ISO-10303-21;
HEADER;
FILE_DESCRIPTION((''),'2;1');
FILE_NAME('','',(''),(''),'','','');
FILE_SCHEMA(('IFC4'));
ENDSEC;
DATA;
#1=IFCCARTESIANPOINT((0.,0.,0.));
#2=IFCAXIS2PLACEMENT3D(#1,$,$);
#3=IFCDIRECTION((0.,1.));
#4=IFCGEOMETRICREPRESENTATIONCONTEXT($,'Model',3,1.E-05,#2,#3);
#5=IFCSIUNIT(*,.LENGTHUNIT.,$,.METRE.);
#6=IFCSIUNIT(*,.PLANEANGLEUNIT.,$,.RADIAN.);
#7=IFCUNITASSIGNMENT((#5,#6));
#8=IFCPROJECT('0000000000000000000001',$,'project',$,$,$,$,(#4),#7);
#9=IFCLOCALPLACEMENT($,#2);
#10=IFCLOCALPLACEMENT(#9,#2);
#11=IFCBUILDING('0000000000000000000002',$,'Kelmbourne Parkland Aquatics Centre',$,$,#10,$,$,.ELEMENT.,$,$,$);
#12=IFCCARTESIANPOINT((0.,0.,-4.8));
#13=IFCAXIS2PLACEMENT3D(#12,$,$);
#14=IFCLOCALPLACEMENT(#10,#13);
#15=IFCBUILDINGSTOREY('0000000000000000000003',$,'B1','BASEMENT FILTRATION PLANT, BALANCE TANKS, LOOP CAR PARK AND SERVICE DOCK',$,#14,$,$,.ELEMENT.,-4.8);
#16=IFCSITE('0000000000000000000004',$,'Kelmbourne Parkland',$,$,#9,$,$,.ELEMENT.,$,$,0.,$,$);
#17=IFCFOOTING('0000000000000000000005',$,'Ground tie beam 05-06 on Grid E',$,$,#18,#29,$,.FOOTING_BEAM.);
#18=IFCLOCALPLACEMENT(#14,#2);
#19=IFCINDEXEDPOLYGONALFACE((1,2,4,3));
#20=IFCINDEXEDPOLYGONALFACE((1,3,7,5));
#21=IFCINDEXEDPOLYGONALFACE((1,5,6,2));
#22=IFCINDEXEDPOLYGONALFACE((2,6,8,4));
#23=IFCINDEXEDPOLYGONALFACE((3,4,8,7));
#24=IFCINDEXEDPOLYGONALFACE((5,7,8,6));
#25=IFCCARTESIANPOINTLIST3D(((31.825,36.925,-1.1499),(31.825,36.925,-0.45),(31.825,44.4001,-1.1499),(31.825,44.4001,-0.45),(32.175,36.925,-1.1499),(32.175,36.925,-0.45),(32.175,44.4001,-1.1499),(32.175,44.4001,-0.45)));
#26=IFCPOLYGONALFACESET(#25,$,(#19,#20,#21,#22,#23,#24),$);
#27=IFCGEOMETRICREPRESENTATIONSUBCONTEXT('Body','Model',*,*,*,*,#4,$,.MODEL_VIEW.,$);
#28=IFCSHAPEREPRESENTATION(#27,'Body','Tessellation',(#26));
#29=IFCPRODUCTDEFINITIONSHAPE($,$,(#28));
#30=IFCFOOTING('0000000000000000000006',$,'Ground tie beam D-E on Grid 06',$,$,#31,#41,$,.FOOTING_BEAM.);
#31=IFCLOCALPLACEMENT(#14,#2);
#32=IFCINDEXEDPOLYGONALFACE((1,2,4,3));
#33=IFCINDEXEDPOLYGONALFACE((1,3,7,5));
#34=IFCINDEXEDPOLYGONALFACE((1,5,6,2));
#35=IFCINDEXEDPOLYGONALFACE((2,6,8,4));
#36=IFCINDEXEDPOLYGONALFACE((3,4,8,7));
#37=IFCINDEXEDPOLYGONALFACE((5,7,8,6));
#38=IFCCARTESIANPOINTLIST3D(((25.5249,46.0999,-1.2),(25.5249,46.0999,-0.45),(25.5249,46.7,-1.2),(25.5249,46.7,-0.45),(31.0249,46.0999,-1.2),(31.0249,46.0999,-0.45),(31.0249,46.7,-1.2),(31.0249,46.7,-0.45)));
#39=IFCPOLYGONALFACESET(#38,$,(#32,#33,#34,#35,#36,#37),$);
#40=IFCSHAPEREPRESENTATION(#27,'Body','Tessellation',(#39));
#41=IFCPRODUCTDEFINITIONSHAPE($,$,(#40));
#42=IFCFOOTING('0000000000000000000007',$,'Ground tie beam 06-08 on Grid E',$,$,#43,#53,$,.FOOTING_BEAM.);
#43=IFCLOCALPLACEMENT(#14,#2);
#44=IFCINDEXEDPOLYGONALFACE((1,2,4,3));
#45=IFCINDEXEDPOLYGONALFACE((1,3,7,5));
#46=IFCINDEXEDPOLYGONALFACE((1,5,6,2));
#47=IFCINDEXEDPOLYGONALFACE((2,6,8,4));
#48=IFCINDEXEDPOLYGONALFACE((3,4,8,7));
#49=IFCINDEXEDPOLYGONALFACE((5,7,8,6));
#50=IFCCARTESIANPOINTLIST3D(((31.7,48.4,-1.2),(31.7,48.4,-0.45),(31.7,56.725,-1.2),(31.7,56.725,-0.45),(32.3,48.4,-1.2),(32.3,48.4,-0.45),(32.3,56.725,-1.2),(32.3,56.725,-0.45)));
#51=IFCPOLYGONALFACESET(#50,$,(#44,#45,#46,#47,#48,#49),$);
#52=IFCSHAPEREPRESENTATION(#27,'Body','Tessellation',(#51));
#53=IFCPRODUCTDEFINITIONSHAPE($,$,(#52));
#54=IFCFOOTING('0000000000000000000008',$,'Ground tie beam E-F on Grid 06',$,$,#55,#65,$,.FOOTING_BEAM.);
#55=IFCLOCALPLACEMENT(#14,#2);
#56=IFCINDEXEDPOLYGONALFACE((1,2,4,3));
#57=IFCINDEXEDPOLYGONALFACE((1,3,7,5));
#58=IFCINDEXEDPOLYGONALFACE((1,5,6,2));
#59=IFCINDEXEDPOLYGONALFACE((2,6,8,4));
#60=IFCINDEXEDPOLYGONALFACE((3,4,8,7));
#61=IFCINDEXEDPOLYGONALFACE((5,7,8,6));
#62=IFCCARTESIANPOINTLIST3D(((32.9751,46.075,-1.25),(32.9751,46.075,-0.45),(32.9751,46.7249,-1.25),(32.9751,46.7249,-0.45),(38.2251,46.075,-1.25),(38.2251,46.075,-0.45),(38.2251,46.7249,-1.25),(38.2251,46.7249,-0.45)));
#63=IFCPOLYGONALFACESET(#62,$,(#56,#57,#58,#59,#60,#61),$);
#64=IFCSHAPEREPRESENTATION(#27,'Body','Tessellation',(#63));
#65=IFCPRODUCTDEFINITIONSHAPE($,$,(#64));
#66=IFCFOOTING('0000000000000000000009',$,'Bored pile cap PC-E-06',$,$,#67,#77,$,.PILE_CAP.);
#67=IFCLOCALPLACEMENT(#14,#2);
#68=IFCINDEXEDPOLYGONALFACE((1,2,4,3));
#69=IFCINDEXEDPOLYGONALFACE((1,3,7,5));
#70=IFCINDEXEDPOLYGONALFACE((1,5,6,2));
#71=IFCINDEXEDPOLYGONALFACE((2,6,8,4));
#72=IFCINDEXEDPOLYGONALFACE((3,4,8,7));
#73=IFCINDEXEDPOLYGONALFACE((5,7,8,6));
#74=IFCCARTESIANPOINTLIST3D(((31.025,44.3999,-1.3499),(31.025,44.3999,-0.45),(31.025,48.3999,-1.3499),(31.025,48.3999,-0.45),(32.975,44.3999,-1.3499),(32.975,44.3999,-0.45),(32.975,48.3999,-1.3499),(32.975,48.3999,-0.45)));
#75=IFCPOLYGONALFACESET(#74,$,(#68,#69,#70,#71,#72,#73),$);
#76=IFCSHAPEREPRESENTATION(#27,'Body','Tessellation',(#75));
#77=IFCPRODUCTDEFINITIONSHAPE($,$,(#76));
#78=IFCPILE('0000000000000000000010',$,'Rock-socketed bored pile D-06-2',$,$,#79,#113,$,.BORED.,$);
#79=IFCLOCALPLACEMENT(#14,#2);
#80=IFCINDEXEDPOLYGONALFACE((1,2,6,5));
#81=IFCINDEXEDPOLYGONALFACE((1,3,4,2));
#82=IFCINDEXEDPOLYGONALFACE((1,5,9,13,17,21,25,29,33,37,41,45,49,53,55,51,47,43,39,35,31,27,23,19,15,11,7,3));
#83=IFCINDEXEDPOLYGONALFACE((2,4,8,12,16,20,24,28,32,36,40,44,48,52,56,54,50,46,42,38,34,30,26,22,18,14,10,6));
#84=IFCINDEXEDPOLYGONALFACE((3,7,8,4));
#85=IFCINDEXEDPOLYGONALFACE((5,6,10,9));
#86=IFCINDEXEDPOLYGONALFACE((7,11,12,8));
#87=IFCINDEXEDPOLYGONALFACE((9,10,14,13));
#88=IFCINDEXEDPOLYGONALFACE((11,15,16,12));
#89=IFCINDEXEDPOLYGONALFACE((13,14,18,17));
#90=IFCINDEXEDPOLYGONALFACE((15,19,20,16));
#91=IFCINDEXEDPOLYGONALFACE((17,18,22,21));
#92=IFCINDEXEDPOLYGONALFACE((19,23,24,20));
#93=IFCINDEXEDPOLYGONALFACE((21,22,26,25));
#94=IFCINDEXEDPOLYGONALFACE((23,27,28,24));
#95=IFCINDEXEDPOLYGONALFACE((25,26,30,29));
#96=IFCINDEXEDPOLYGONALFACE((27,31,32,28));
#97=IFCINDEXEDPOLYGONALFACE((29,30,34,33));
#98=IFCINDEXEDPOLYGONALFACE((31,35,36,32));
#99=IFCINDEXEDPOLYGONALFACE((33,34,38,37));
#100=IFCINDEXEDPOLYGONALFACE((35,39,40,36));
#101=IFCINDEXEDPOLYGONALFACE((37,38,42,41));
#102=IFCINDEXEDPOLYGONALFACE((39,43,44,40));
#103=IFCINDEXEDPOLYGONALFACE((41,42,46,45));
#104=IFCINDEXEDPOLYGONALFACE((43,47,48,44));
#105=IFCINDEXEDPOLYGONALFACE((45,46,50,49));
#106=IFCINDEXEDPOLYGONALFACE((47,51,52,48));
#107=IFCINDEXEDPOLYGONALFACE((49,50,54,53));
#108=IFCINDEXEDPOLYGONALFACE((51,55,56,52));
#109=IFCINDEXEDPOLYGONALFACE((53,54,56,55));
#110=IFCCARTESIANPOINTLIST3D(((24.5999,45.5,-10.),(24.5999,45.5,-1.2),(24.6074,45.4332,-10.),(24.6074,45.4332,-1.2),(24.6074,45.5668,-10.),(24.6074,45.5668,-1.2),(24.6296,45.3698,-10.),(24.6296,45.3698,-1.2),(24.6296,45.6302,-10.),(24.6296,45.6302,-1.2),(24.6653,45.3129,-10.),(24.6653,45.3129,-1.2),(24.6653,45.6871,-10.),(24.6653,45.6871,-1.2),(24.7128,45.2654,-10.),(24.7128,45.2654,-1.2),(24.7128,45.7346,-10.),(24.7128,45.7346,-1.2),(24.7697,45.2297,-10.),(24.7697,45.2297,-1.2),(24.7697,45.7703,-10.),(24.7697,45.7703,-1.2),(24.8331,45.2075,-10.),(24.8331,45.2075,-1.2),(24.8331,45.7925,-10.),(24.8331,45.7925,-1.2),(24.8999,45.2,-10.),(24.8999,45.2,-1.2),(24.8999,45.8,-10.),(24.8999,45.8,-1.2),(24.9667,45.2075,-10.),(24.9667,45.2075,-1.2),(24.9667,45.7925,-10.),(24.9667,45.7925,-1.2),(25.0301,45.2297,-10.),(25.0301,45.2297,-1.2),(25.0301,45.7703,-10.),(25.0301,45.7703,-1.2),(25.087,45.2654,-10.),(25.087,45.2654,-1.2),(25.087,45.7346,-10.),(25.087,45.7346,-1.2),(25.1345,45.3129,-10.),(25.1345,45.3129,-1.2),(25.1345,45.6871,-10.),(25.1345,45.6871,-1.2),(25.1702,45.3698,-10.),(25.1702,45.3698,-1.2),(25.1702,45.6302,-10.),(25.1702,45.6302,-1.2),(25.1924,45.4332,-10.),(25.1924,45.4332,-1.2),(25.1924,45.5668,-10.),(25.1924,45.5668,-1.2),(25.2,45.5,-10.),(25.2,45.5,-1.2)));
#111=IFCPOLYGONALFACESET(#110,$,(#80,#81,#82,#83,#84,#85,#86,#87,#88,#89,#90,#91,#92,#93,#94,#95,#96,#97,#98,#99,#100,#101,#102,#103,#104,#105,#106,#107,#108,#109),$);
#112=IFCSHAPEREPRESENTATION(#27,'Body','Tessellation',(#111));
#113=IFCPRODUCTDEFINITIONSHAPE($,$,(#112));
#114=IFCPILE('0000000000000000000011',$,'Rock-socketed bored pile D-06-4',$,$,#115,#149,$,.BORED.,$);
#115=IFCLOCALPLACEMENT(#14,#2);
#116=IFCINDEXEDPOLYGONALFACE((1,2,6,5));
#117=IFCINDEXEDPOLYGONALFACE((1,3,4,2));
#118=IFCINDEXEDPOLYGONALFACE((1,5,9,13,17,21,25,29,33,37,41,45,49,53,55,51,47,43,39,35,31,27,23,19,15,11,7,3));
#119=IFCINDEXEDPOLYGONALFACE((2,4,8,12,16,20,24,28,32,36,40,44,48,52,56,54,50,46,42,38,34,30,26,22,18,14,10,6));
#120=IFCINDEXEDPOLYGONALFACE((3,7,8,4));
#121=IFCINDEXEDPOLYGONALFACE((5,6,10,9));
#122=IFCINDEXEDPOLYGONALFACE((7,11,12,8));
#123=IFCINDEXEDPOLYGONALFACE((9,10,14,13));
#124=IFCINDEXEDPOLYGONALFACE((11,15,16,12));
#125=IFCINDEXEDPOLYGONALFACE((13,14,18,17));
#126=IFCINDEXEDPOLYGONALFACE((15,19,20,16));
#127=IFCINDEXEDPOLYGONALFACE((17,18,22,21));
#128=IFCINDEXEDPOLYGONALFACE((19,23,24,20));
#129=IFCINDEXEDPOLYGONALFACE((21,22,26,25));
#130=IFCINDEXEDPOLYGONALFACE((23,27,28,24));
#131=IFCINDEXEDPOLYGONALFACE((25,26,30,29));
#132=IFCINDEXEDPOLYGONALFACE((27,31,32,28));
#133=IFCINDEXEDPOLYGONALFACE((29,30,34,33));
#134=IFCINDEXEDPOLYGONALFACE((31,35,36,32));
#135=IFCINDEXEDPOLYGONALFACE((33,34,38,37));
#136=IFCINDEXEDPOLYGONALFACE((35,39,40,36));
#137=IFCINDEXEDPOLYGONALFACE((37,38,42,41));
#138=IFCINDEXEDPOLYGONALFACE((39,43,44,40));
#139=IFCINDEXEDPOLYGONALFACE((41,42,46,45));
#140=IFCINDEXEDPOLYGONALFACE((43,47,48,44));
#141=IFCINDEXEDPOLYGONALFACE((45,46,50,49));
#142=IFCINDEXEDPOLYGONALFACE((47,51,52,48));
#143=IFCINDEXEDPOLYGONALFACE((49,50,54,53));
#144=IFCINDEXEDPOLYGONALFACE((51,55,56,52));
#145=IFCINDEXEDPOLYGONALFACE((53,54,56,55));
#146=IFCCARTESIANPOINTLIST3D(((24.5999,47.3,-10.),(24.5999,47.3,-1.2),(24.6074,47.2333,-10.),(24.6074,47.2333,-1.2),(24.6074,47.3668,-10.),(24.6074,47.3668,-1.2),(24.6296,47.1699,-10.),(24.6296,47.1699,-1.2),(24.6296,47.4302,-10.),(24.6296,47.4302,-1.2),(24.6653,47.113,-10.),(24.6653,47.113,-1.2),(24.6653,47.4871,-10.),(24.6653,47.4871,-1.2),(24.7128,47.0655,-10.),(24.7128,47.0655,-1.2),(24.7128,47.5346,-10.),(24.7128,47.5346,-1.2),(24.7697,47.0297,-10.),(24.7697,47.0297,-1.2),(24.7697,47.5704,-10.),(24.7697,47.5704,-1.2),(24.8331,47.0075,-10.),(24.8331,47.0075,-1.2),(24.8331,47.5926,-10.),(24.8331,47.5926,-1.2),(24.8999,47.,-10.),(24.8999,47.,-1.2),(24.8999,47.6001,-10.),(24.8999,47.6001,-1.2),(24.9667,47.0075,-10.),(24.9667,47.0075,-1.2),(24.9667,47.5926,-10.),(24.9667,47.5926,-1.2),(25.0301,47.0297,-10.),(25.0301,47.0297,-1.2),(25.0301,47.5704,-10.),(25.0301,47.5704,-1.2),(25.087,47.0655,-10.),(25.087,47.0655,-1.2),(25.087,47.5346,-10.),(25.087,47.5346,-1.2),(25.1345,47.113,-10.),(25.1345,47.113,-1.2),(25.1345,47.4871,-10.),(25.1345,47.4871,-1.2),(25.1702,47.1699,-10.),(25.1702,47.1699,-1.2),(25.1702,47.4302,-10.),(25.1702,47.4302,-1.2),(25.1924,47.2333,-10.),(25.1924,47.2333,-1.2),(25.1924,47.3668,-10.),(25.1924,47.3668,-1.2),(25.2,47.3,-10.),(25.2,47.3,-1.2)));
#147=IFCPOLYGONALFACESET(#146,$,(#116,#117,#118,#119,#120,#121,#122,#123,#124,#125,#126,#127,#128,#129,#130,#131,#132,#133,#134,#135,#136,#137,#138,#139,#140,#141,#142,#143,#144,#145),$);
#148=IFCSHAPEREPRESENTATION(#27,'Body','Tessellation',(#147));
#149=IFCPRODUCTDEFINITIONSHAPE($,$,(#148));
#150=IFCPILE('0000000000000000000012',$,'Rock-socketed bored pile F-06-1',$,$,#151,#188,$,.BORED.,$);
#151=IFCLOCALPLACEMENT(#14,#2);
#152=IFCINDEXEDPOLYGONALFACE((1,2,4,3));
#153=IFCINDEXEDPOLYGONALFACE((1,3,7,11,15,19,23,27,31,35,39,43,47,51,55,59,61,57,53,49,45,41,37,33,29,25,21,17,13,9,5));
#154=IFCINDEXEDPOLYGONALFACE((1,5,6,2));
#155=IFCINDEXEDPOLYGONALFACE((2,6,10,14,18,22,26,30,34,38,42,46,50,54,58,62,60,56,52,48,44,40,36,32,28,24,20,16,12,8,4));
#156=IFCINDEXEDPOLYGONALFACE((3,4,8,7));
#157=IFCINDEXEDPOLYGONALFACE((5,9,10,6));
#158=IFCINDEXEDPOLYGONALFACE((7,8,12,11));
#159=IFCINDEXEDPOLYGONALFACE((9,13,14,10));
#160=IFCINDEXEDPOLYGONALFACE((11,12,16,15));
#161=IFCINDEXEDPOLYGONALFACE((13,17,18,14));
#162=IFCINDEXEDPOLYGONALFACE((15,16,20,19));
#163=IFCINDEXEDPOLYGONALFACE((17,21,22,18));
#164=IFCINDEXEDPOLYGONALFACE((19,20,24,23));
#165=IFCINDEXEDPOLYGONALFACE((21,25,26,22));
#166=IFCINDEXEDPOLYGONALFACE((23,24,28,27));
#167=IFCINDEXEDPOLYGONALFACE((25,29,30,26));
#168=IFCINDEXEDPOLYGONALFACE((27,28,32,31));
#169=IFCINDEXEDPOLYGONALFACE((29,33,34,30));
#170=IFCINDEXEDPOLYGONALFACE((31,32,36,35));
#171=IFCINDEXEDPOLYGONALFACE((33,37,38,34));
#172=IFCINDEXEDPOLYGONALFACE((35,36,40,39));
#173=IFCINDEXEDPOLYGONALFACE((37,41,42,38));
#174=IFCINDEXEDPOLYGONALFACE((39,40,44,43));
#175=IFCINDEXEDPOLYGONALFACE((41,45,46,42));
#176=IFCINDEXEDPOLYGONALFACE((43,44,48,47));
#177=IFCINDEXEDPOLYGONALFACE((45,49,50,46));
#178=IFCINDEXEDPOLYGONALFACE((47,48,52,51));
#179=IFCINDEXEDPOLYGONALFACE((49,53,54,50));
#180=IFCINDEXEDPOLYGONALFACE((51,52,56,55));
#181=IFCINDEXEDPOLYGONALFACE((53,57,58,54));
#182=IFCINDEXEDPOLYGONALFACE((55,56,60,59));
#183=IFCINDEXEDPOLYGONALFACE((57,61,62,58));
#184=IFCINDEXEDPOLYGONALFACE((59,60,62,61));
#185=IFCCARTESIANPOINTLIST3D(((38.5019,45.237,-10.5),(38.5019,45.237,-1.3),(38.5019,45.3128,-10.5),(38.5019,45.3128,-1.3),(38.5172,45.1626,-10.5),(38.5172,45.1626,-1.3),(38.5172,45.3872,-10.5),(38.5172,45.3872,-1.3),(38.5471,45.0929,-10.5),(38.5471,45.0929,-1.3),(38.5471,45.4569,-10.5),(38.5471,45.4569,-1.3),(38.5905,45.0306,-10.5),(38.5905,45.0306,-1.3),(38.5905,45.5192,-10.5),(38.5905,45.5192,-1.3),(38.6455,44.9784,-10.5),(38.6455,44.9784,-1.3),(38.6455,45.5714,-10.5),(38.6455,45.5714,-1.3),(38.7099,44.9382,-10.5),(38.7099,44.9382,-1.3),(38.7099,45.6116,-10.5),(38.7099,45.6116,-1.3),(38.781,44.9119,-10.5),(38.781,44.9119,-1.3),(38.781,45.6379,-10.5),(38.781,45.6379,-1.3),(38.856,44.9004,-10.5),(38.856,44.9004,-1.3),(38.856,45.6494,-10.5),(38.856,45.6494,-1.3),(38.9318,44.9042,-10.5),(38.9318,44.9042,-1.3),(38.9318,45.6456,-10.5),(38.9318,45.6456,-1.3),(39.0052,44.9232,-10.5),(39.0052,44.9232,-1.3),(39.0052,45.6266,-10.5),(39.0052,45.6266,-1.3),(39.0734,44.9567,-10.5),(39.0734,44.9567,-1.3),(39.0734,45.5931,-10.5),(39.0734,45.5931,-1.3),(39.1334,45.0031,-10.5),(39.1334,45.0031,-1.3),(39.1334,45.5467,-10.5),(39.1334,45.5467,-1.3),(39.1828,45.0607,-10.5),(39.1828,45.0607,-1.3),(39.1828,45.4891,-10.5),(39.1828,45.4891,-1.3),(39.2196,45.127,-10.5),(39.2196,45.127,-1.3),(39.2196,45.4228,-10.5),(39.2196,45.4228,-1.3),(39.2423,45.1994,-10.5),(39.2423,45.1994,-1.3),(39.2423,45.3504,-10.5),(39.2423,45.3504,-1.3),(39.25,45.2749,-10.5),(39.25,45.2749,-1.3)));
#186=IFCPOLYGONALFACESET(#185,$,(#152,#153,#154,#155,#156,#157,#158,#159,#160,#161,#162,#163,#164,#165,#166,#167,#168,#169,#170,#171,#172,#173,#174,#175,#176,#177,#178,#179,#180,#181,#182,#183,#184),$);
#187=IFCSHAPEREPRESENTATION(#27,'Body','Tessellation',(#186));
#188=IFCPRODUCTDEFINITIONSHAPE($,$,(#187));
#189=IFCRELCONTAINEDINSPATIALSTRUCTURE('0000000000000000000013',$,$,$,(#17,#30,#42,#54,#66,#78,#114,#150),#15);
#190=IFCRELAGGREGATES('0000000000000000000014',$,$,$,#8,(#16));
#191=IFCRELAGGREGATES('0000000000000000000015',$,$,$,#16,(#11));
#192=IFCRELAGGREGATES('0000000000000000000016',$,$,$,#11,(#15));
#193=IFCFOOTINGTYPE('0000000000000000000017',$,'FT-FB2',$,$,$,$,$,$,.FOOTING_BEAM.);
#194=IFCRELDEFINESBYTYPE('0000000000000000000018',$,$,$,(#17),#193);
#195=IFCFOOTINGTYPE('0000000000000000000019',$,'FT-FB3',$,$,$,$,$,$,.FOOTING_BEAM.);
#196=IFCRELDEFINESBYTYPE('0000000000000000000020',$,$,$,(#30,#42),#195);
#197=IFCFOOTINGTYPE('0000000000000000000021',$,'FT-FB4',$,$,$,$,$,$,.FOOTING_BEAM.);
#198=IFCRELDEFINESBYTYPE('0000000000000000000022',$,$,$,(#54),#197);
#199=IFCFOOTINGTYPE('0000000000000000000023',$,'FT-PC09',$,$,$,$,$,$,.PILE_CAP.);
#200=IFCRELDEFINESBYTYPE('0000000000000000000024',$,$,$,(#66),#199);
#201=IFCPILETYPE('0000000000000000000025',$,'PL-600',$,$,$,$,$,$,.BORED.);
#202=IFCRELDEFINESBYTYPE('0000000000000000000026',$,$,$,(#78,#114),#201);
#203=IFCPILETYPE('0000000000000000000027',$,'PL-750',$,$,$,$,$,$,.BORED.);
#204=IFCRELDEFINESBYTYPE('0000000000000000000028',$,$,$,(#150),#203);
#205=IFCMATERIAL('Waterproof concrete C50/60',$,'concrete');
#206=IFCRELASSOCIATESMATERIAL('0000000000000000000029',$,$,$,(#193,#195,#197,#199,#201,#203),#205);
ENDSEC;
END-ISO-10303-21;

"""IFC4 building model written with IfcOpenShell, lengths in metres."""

from ifc_helpers import new_model, si_unit, direction, frame, origin, origin_2d, place, context, subcontext, project, spatial, rectangle, circle, extrude, material, material_profile, profile_set, type_object, element, save


model = new_model("IFC4")

# Units and contexts
model_context = context("Model", 3, precision=1e-05, world=origin(), true_north=direction((0.0, 1.0)))
body_context = subcontext(model_context, "Body", "Model", "MODEL_VIEW")
ifc_project = project(units=[si_unit("LENGTHUNIT", "METRE"), si_unit("PLANEANGLEUNIT", "RADIAN")], contexts=[model_context])

# Site, building, storey
site_placement = place(None, origin())
site = spatial("IfcSite", under=ifc_project, at=site_placement, Name="Kelmbourne Parkland", CompositionType="ELEMENT", RefElevation=0.0)
building_placement = place(site_placement, origin())
building = spatial("IfcBuilding", under=site, at=building_placement, Name="Kelmbourne Parkland Aquatics Centre", CompositionType="ELEMENT")
storey_placement = place(building_placement, frame((0.0, 0.0, -4.8)))
storey = spatial("IfcBuildingStorey", under=building, at=storey_placement, Name="B1", Description="BASEMENT FILTRATION PLANT, BALANCE TANKS, LOOP CAR PARK AND SERVICE DOCK", CompositionType="ELEMENT", Elevation=-4.8)

# Footings
ifc_material_1 = material(Name="Waterproof concrete C50/60", Category="concrete")
footing_type_1 = type_object("IfcFootingType", Name="FT-FB2", PredefinedType="FOOTING_BEAM", material=ifc_material_1)
footing_1_placement = place(storey_placement, frame((32.0, 40.6626, -1.1499), z_axis=(0.0, 0.0, 1.0), x_axis=(0.0, 1.0, 0.0)))
element("IfcFooting", 1, at=footing_1_placement, inside=storey, type_object=footing_type_1, Name="Ground tie beam 05-06 on Grid E", PredefinedType="FOOTING_BEAM", context=body_context, shape_type="SweptSolid", body=[
    extrude(rectangle(XDim=7.4751, YDim=0.3501, at=origin_2d()), origin(), (0.0, 0.0, 1.0), 0.7),
])
footing_type_2 = type_object("IfcFootingType", Name="FT-FB3", PredefinedType="FOOTING_BEAM", material=ifc_material_1)
footing_2_placement = place(storey_placement, frame((28.2749, 46.3999, -1.2), z_axis=(0.0, 0.0, 1.0), x_axis=(1.0, 0.0, 0.0)))
element("IfcFooting", 2, at=footing_2_placement, inside=storey, type_object=footing_type_2, Name="Ground tie beam D-E on Grid 06", PredefinedType="FOOTING_BEAM", context=body_context, shape_type="SweptSolid", body=[
    extrude(rectangle(XDim=5.5, YDim=0.6001, at=origin_2d()), origin(), (0.0, 0.0, 1.0), 0.75),
])
footing_3_placement = place(storey_placement, frame((32.0, 52.5625, -1.2), z_axis=(0.0, 0.0, 1.0), x_axis=(0.0, 1.0, 0.0)))
element("IfcFooting", 3, at=footing_3_placement, inside=storey, type_object=footing_type_2, Name="Ground tie beam 06-08 on Grid E", PredefinedType="FOOTING_BEAM", context=body_context, shape_type="SweptSolid", body=[
    extrude(rectangle(XDim=8.325, YDim=0.6001, at=origin_2d()), origin(), (0.0, 0.0, 1.0), 0.75),
])
footing_type_3 = type_object("IfcFootingType", Name="FT-FB4", PredefinedType="FOOTING_BEAM", material=ifc_material_1)
footing_4_placement = place(storey_placement, frame((35.6001, 46.3999, -1.25), z_axis=(0.0, 0.0, 1.0), x_axis=(1.0, 0.0, 0.0)))
element("IfcFooting", 4, at=footing_4_placement, inside=storey, type_object=footing_type_3, Name="Ground tie beam E-F on Grid 06", PredefinedType="FOOTING_BEAM", context=body_context, shape_type="SweptSolid", body=[
    extrude(rectangle(XDim=5.25, YDim=0.6499, at=origin_2d()), origin(), (0.0, 0.0, 1.0), 0.8),
])
footing_type_4 = type_object("IfcFootingType", Name="FT-PC09", PredefinedType="PILE_CAP", material=ifc_material_1)
footing_5_placement = place(storey_placement, frame((32.0, 46.3999, -1.3499), z_axis=(0.0, 0.0, 1.0), x_axis=(1.0, 0.0, 0.0)))
element("IfcFooting", 5, at=footing_5_placement, inside=storey, type_object=footing_type_4, Name="Bored pile cap PC-E-06", PredefinedType="PILE_CAP", context=body_context, shape_type="SweptSolid", body=[
    extrude(rectangle(XDim=1.95, YDim=4.0, at=origin_2d()), origin(), (0.0, 0.0, 1.0), 0.8999),
])

# Piles
ifc_material_profile_1 = material_profile(ifc_material_1, circle(Radius=0.3, at=origin_2d()), Name="PILE D600")
ifc_profile_set_1 = profile_set([ifc_material_profile_1], Name="Waterproof concrete C50/60")
pile_type_1 = type_object("IfcPileType", Name="PL-600", PredefinedType="BORED", material=ifc_profile_set_1)
for number, where, z_axis, x_axis, name in (
    (6, (24.8999, 45.5, -1.2), (0.0, 0.0, -1.0), (1.0, 0.0, 0.0), "Rock-socketed bored pile D-06-2"),
    (7, (24.8999, 47.3, -1.2), (0.0, 0.0, -1.0), (1.0, 0.0, 0.0), "Rock-socketed bored pile D-06-4"),
):
    element("IfcPile", number, at=place(storey_placement, frame(where, z_axis=z_axis, x_axis=x_axis)), inside=storey, type_object=pile_type_1, Name=name, PredefinedType="BORED", context=body_context, shape_type="SweptSolid", body=[
        extrude(circle(Radius=0.3, at=origin_2d()), origin(), (0.0, 0.0, 1.0), 8.8),
    ])
ifc_material_profile_2 = material_profile(ifc_material_1, circle(Radius=0.375, at=origin_2d()), Name="PILE D750")
ifc_profile_set_2 = profile_set([ifc_material_profile_2], Name="Waterproof concrete C50/60")
pile_type_2 = type_object("IfcPileType", Name="PL-750", PredefinedType="BORED", material=ifc_profile_set_2)
for number, where, z_axis, x_axis, name in (
    (8, (38.875, 45.2749, -1.3), (0.0, 0.0, -1.0), (1.0, 0.0, 0.0), "Rock-socketed bored pile F-06-1"),
):
    element("IfcPile", number, at=place(storey_placement, frame(where, z_axis=z_axis, x_axis=x_axis)), inside=storey, type_object=pile_type_2, Name=name, PredefinedType="BORED", context=body_context, shape_type="SweptSolid", body=[
        extrude(circle(Radius=0.375, at=origin_2d()), origin(), (0.0, 0.0, 1.0), 9.2),
    ])

save(model, "model.ifc")
